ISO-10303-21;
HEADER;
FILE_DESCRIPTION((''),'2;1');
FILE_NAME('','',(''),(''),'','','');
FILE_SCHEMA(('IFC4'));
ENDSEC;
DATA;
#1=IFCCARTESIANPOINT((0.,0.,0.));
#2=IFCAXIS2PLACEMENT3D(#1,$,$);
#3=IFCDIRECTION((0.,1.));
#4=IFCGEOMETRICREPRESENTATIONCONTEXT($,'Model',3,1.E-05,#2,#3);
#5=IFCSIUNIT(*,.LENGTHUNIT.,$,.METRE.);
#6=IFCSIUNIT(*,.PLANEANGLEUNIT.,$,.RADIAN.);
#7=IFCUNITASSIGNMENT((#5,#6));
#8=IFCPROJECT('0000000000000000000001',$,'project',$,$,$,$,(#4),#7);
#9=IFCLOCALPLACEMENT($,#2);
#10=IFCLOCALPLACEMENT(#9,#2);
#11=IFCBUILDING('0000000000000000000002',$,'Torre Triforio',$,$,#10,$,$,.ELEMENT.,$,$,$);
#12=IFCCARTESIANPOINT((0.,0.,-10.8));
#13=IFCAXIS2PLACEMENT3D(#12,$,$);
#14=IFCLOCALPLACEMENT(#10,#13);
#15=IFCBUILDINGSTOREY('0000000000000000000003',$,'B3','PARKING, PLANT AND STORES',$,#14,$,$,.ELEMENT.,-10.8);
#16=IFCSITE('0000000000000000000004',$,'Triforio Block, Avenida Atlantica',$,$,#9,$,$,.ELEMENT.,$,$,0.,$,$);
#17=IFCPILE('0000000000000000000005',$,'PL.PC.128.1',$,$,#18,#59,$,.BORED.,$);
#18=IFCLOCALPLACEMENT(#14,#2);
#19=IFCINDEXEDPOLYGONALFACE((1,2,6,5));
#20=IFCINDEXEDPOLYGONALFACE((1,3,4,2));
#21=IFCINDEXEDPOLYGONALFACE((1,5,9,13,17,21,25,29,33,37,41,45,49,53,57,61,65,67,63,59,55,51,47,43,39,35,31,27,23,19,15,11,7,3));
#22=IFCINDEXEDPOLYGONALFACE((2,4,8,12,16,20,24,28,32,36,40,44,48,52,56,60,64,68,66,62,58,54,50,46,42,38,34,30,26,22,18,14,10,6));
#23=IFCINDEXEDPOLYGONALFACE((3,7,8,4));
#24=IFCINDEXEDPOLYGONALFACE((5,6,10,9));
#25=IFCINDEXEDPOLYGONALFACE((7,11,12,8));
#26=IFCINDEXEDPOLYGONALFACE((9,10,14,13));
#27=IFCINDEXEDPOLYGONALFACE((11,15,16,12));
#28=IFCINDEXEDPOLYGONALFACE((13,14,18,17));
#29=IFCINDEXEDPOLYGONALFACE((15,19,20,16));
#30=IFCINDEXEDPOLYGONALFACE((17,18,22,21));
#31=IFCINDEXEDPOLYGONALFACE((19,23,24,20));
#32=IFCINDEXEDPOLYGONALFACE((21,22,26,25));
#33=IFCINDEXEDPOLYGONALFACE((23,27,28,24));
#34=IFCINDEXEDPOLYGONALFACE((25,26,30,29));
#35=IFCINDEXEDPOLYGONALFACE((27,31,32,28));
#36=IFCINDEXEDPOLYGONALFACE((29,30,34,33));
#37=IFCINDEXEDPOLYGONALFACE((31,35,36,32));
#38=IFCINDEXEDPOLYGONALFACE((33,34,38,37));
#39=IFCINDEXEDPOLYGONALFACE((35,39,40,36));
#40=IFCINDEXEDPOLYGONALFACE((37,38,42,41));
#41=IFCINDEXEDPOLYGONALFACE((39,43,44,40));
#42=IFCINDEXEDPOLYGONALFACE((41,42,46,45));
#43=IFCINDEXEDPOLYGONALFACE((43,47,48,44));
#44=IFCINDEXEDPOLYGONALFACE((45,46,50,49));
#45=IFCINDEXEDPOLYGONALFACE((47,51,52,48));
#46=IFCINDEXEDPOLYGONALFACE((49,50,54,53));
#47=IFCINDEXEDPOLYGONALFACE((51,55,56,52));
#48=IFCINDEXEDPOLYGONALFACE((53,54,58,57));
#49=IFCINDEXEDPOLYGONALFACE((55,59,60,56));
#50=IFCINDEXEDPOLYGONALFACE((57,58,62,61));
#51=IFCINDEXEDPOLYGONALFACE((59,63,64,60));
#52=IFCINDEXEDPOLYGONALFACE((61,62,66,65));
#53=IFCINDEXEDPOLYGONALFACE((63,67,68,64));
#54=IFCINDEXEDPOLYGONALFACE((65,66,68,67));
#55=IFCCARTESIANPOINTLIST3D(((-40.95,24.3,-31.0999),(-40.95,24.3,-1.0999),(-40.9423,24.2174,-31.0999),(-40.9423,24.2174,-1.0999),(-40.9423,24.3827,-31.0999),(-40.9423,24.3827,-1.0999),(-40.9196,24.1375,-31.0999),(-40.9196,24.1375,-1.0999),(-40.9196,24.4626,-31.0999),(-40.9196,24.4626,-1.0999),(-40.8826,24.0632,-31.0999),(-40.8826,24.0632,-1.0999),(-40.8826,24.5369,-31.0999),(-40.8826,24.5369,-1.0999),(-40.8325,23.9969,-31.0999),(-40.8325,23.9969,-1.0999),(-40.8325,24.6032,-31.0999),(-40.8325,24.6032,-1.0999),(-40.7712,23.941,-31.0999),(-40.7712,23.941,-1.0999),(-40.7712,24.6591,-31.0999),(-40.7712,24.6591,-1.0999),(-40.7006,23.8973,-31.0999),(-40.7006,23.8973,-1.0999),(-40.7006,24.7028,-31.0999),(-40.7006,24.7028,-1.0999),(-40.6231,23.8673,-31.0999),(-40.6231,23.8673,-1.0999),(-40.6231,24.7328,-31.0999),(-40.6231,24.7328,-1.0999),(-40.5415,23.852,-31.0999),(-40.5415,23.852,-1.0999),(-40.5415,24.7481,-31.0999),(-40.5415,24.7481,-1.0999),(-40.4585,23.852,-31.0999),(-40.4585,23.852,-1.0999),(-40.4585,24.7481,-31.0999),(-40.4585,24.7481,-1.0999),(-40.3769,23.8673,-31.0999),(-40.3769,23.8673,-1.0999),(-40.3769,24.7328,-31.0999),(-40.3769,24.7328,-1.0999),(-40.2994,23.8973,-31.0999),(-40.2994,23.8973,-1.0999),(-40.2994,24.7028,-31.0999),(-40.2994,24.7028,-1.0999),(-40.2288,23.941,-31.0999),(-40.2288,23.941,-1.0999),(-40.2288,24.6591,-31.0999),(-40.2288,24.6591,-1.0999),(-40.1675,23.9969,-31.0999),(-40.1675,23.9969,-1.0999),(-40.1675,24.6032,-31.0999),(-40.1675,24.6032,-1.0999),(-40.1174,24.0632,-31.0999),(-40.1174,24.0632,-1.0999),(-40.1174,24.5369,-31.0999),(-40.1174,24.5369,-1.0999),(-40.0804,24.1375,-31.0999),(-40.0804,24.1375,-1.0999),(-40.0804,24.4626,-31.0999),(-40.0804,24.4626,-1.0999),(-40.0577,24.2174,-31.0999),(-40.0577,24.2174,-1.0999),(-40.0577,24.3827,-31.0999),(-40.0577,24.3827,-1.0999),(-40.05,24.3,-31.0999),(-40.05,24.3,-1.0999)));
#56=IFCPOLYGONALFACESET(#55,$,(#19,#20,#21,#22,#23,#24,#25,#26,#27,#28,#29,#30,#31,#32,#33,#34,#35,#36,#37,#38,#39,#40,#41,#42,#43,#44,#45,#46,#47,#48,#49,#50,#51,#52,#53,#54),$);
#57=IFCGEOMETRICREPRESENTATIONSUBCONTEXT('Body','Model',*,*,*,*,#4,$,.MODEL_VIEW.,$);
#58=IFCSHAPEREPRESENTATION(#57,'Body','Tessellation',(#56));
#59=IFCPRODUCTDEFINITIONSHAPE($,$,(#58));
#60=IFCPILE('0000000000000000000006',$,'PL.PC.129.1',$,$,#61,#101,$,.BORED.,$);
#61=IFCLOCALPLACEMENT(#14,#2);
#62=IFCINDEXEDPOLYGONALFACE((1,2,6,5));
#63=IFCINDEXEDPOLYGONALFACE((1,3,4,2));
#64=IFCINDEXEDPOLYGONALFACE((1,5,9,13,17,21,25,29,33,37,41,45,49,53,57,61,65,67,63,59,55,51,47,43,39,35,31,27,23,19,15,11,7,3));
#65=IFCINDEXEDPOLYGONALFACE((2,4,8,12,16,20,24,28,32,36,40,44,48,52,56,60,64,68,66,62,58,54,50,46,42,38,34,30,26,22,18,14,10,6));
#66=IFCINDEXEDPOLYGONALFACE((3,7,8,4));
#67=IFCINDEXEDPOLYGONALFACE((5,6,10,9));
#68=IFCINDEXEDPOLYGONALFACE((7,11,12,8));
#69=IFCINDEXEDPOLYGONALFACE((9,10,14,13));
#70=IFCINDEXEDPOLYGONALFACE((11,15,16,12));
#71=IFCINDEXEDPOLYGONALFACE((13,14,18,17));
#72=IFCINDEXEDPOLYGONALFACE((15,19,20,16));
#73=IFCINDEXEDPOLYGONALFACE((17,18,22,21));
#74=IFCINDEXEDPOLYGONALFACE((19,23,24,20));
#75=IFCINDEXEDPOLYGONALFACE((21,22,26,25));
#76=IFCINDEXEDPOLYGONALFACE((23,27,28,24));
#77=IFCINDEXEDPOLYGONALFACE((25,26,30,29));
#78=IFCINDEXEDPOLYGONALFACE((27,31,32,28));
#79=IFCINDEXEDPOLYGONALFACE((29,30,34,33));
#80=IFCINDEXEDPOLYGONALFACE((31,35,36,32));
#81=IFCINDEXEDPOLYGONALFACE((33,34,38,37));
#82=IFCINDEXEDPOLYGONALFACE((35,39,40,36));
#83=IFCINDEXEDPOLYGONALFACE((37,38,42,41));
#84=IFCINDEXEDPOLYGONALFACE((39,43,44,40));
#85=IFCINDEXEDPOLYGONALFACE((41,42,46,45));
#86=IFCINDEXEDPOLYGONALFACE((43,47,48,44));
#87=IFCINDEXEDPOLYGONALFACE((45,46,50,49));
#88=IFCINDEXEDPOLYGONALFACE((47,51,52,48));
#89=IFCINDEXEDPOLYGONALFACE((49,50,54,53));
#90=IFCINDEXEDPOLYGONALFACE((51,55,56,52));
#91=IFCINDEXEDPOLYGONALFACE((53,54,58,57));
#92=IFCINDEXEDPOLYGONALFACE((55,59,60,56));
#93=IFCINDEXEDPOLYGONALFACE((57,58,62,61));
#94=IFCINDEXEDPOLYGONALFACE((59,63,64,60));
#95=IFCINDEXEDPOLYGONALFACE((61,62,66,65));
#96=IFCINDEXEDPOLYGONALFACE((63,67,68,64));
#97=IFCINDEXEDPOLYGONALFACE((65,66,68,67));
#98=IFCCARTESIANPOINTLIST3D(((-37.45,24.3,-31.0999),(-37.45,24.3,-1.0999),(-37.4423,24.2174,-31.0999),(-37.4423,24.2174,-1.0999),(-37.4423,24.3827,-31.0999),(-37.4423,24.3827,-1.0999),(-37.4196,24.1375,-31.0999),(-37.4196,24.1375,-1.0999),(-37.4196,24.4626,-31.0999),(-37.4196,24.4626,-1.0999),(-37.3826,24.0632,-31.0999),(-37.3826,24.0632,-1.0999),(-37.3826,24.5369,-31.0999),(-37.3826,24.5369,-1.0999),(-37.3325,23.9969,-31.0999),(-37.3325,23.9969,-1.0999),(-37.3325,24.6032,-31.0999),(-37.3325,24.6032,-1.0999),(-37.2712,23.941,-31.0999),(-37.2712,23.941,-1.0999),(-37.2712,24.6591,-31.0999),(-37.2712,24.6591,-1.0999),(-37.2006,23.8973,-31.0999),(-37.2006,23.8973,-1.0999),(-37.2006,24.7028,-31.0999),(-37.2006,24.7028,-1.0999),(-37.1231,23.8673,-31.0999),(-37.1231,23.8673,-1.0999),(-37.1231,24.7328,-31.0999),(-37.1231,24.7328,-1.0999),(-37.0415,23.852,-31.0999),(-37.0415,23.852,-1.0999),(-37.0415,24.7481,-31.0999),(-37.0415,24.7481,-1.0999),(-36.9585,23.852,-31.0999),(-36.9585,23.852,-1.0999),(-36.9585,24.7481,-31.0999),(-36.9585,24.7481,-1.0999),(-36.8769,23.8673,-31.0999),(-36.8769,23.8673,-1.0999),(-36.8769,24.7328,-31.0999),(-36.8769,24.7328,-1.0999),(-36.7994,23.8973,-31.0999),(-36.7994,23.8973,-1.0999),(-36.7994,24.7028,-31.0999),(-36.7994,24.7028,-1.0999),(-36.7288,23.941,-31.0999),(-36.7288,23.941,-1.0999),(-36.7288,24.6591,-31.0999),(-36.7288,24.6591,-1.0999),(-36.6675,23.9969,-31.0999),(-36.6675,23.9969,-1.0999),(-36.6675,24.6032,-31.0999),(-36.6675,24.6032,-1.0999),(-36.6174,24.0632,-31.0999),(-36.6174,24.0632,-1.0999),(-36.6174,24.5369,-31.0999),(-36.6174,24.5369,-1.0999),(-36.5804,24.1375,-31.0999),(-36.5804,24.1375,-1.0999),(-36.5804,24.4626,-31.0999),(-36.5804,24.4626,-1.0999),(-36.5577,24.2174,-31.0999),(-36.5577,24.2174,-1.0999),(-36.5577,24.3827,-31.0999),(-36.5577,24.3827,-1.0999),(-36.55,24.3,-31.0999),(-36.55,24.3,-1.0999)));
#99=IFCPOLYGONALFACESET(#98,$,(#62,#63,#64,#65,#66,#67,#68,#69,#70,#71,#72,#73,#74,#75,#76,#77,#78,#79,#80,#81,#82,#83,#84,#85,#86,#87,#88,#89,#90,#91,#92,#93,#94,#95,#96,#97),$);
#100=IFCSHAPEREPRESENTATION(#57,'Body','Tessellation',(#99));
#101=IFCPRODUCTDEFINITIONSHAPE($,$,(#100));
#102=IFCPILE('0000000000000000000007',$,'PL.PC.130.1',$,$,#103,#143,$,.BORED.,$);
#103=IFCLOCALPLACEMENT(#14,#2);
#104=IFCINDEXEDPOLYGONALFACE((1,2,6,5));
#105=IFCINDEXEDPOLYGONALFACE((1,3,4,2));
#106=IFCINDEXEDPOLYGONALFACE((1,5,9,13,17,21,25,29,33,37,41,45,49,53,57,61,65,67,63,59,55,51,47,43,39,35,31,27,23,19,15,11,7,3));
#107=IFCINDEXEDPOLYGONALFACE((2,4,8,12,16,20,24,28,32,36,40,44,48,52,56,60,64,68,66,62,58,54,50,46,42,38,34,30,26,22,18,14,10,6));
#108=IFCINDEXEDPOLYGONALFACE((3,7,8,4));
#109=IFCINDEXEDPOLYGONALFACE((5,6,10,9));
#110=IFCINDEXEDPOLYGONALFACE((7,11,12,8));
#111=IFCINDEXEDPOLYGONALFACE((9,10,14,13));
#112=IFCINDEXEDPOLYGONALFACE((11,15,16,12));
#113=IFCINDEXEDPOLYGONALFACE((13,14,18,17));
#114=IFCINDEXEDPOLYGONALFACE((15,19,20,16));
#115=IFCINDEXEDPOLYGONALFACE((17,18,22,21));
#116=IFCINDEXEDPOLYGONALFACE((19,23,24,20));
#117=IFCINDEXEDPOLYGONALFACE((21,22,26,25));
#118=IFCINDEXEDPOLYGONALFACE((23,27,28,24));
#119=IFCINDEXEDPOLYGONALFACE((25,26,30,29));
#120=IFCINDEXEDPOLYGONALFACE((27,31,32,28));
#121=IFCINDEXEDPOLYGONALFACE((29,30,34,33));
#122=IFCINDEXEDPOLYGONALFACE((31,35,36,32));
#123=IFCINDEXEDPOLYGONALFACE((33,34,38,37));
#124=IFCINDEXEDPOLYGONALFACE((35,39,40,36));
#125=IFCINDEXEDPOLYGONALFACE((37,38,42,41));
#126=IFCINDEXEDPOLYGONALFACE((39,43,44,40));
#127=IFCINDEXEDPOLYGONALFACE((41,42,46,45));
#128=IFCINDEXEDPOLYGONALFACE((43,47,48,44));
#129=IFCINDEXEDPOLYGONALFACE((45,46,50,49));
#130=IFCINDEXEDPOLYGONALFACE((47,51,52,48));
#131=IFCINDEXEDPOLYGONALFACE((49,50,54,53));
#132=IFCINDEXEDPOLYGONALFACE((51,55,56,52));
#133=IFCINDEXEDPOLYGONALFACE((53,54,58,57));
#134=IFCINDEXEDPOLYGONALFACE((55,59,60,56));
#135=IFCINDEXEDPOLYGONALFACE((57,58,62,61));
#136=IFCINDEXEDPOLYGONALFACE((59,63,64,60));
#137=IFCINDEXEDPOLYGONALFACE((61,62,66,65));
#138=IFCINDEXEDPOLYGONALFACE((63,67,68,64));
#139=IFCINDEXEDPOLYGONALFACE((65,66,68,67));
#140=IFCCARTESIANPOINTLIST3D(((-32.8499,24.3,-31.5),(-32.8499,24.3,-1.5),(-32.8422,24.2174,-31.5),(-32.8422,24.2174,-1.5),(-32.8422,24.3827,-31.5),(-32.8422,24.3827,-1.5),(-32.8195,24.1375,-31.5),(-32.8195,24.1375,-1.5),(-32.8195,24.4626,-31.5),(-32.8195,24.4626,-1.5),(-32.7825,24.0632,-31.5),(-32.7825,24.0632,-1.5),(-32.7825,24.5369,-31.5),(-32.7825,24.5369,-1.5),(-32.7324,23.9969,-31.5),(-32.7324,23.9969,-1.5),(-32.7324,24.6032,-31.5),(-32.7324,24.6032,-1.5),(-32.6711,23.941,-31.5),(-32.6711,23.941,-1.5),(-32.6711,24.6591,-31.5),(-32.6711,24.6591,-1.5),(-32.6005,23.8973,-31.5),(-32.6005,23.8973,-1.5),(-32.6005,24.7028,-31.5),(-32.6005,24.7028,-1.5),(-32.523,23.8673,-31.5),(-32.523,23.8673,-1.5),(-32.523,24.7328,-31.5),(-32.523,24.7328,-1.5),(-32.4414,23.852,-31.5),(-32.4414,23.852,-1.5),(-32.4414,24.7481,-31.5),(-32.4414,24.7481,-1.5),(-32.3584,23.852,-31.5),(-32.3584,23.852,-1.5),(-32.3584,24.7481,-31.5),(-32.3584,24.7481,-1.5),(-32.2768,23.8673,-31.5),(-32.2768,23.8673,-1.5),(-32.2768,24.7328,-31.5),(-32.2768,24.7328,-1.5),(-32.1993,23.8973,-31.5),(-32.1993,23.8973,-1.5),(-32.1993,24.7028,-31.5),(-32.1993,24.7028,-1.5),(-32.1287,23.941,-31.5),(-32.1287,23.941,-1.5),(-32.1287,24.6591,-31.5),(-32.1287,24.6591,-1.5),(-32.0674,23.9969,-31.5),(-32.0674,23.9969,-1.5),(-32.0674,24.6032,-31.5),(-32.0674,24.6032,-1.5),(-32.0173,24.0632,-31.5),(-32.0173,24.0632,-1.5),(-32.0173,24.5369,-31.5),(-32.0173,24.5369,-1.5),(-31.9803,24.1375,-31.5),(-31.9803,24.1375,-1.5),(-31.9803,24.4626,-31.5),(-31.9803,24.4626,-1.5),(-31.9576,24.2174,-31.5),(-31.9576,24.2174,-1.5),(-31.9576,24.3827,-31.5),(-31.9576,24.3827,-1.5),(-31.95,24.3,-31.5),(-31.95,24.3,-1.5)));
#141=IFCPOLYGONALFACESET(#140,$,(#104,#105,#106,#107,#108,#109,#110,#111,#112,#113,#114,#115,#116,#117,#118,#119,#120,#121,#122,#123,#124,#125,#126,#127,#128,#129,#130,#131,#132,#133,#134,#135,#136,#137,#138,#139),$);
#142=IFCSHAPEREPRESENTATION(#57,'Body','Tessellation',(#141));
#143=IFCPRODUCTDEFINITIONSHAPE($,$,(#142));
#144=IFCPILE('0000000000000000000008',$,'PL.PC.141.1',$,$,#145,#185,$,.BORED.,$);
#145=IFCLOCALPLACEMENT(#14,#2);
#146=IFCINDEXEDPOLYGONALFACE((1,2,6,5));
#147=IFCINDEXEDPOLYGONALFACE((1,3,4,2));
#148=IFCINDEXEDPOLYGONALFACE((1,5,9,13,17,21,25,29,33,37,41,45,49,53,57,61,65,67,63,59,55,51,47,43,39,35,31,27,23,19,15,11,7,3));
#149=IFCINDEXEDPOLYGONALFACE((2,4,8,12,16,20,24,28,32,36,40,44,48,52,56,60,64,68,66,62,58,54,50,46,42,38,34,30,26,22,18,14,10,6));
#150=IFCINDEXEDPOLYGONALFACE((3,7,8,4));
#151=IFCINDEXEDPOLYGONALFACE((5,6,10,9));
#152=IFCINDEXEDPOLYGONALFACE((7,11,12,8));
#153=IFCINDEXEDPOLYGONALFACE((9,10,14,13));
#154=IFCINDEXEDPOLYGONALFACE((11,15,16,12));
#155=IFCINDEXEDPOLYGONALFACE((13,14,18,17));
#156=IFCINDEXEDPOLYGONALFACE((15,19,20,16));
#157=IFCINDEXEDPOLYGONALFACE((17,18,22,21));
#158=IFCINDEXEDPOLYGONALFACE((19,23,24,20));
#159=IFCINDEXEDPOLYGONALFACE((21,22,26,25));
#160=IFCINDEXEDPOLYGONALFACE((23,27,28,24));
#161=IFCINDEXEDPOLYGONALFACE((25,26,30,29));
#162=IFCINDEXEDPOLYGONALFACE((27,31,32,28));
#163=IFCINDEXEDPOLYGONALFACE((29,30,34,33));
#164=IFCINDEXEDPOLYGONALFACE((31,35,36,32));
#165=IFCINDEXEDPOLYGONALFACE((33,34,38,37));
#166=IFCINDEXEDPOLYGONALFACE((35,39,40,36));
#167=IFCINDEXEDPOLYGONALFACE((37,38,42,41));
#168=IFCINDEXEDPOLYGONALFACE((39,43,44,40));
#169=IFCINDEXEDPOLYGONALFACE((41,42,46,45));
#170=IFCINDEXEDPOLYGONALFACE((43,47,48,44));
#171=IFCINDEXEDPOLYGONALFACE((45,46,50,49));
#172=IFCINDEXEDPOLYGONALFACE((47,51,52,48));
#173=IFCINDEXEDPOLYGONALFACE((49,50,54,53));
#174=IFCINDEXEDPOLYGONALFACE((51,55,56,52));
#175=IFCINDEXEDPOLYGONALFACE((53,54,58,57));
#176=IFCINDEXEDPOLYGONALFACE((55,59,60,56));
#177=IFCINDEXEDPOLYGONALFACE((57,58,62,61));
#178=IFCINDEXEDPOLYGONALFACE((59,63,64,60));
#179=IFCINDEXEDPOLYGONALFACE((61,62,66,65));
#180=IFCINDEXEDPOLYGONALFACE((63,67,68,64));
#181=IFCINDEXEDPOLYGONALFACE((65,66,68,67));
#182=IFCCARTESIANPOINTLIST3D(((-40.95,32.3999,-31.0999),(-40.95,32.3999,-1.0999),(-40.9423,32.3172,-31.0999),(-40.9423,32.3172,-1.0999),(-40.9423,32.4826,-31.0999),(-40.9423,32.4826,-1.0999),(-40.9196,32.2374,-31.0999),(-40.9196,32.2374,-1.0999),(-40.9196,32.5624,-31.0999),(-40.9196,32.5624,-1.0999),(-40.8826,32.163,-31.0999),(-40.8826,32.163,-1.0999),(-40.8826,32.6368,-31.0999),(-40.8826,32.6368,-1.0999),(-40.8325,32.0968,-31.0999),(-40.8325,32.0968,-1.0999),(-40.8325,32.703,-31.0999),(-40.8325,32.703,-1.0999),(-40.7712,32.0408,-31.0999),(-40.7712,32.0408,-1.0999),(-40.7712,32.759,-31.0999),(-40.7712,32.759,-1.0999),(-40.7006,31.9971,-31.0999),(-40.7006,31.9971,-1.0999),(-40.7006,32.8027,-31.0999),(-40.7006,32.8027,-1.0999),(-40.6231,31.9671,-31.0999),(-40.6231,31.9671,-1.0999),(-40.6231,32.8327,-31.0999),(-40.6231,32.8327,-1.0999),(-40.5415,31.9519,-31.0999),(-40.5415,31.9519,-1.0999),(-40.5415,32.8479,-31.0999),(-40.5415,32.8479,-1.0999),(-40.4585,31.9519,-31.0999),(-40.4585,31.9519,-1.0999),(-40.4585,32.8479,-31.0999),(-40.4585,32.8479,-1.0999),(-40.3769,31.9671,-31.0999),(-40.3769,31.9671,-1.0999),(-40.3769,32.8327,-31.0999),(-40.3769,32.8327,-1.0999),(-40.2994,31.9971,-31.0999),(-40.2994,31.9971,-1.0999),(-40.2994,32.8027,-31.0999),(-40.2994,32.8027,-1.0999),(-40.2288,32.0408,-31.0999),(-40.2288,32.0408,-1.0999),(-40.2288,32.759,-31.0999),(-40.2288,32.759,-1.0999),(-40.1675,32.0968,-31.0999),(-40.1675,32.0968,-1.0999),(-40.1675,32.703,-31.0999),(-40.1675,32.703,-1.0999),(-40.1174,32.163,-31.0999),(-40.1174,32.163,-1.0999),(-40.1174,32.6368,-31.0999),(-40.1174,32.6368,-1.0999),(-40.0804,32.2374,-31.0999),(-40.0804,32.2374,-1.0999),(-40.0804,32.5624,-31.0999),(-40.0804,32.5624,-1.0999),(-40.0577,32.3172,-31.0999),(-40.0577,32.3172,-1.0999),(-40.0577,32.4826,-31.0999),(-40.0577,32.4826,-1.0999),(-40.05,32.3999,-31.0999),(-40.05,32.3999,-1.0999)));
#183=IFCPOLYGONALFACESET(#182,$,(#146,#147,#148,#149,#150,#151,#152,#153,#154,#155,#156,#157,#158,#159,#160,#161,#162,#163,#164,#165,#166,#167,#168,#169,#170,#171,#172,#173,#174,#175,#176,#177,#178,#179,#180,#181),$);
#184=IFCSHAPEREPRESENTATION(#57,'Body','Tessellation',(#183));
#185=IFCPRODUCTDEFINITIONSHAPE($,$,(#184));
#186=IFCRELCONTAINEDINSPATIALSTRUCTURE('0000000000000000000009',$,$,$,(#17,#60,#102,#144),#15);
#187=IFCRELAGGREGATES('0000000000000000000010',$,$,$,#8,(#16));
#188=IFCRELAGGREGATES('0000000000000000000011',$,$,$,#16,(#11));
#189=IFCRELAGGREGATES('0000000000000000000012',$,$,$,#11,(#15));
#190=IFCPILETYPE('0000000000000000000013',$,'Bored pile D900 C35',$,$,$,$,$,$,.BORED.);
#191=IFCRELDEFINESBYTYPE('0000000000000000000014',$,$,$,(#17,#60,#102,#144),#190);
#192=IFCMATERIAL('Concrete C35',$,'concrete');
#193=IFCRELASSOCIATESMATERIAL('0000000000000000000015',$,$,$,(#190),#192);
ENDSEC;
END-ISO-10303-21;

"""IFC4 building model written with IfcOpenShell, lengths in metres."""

from ifc_helpers import new_model, si_unit, direction, frame, origin, origin_2d, place, context, subcontext, project, spatial, circle, extrude, material, material_profile, profile_set, type_object, element, save


model = new_model("IFC4")

# Units and contexts
model_context = context("Model", 3, precision=1e-05, world=origin(), true_north=direction((0.0, 1.0)))
body_context = subcontext(model_context, "Body", "Model", "MODEL_VIEW")
ifc_project = project(units=[si_unit("LENGTHUNIT", "METRE"), si_unit("PLANEANGLEUNIT", "RADIAN")], contexts=[model_context])

# Site, building, storey
site_placement = place(None, origin())
site = spatial("IfcSite", under=ifc_project, at=site_placement, Name="Triforio Block, Avenida Atlantica", CompositionType="ELEMENT", RefElevation=0.0)
building_placement = place(site_placement, origin())
building = spatial("IfcBuilding", under=site, at=building_placement, Name="Torre Triforio", CompositionType="ELEMENT")
storey_placement = place(building_placement, frame((0.0, 0.0, -10.8)))
storey = spatial("IfcBuildingStorey", under=building, at=storey_placement, Name="B3", Description="PARKING, PLANT AND STORES", CompositionType="ELEMENT", Elevation=-10.8)

# Piles
ifc_material_1 = material(Name="Concrete C35", Category="concrete")
ifc_material_profile_1 = material_profile(ifc_material_1, circle(Radius=0.45, at=origin_2d()), Name="RC D900")
ifc_profile_set_1 = profile_set([ifc_material_profile_1], Name="Concrete C35")
pile_type = type_object("IfcPileType", Name="Bored pile D900 C35", PredefinedType="BORED", material=ifc_profile_set_1)
for number, where, z_axis, x_axis, name in (
    (1, (-40.5, 24.3, -1.0999), (0.0, 0.0, -1.0), (1.0, 0.0, 0.0), "PL.PC.128.1"),
    (2, (-37.0, 24.3, -1.0999), (0.0, 0.0, -1.0), (1.0, 0.0, 0.0), "PL.PC.129.1"),
    (3, (-32.3999, 24.3, -1.5), (0.0, 0.0, -1.0), (1.0, 0.0, 0.0), "PL.PC.130.1"),
    (4, (-40.5, 32.3999, -1.0999), (0.0, 0.0, -1.0), (1.0, 0.0, 0.0), "PL.PC.141.1"),
):
    element("IfcPile", number, at=place(storey_placement, frame(where, z_axis=z_axis, x_axis=x_axis)), inside=storey, type_object=pile_type, Name=name, PredefinedType="BORED", context=body_context, shape_type="SweptSolid", body=[
        extrude(circle(Radius=0.45, at=origin_2d()), origin(), (0.0, 0.0, 1.0), 30.0),
    ])

save(model, "model.ifc")
